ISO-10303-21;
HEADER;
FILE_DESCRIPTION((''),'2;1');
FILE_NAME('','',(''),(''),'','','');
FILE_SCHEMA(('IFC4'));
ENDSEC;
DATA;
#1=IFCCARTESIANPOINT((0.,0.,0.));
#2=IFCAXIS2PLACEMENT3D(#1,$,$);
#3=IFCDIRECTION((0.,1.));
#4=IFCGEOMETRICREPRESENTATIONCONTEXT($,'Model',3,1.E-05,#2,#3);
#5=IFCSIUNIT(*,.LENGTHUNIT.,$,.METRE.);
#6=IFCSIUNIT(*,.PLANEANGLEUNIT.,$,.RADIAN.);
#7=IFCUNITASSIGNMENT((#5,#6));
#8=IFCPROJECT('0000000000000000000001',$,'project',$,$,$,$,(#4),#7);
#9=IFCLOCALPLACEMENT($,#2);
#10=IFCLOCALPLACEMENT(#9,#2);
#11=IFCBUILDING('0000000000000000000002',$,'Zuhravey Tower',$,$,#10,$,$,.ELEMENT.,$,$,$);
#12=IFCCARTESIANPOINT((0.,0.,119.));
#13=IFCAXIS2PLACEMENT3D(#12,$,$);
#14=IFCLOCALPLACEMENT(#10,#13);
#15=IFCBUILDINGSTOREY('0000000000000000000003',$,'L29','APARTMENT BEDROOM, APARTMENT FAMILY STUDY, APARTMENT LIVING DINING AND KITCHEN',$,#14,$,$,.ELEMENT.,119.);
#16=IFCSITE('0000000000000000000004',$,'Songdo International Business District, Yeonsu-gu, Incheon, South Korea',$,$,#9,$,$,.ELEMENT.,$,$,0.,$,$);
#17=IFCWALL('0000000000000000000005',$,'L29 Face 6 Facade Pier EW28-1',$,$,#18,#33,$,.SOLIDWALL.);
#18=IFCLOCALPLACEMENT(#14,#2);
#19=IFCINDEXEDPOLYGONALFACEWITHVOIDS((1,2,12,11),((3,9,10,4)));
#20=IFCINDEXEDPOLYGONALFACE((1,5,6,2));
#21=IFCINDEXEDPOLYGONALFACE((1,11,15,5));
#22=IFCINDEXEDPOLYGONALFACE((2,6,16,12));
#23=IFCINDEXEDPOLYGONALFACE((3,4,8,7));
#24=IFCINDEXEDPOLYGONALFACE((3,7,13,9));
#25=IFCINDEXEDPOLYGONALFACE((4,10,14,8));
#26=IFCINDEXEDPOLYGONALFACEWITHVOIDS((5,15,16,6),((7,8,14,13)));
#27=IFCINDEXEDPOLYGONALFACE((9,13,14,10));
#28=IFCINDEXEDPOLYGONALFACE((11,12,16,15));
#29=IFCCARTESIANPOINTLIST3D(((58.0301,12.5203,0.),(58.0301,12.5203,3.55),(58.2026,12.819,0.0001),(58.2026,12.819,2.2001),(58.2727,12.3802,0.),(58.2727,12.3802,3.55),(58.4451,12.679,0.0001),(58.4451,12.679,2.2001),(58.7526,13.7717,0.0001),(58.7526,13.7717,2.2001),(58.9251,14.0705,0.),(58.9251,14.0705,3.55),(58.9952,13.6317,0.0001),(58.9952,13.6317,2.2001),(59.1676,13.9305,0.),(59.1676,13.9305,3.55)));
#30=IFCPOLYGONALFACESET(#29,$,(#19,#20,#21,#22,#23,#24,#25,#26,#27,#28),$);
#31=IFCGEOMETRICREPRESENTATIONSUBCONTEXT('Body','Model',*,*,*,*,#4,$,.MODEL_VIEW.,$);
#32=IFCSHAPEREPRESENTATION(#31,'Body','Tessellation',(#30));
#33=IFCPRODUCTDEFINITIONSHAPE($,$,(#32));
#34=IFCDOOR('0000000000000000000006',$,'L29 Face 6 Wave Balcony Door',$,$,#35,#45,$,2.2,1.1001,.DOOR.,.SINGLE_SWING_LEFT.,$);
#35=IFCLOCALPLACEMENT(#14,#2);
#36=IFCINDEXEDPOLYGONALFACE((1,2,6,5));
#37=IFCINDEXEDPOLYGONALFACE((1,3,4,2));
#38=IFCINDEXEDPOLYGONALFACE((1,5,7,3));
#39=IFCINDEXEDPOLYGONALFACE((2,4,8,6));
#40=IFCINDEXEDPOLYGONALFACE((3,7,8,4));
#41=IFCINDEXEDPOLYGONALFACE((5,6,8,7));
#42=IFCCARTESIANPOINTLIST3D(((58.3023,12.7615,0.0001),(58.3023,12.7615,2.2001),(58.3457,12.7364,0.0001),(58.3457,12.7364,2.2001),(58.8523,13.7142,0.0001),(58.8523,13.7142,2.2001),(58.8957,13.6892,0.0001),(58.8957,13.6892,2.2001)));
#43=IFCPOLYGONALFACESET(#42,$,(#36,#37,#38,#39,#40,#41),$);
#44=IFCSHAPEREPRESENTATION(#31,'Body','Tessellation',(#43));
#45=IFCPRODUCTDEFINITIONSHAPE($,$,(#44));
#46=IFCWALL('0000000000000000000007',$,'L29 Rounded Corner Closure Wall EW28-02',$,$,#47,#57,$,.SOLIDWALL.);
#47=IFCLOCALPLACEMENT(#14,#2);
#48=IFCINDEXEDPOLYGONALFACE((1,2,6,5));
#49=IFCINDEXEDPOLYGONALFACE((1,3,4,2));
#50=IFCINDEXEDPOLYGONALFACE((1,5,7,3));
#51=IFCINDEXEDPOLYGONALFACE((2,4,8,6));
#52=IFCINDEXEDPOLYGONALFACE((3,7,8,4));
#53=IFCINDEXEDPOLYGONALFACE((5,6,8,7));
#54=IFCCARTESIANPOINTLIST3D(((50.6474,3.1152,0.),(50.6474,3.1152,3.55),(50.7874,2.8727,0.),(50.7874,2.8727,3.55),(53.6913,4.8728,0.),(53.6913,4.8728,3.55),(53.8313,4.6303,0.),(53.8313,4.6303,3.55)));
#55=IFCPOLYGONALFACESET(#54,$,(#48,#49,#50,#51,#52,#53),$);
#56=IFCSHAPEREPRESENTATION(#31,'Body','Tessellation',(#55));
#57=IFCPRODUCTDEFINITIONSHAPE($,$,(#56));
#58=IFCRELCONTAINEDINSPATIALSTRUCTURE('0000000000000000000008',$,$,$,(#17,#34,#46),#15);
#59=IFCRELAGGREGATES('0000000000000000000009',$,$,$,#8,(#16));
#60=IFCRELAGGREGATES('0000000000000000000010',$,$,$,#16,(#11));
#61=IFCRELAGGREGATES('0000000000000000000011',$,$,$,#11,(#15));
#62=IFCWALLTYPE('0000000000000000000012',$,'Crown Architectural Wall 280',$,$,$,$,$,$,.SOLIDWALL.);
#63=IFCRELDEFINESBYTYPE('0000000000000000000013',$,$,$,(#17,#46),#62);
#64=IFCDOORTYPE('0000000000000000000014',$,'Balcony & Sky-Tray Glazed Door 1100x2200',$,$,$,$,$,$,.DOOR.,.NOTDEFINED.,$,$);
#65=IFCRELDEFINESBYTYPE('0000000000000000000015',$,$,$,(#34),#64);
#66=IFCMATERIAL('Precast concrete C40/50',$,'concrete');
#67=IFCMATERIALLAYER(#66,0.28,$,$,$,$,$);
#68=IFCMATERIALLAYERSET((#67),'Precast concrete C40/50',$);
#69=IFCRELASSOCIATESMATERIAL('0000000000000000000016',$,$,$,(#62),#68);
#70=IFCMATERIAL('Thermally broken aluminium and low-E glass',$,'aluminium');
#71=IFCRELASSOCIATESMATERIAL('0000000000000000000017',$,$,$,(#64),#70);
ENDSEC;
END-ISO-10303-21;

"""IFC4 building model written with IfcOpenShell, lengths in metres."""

from ifc_helpers import new_model, si_unit, direction, frame, frame_2d, origin, place, context, subcontext, project, spatial, rectangle, extrude, material, layer, layer_set, type_object, element, fill, save


model = new_model("IFC4")

# Units and contexts
model_context = context("Model", 3, precision=1e-05, world=origin(), true_north=direction((0.0, 1.0)))
body_context = subcontext(model_context, "Body", "Model", "MODEL_VIEW")
ifc_project = project(units=[si_unit("LENGTHUNIT", "METRE"), si_unit("PLANEANGLEUNIT", "RADIAN")], contexts=[model_context])

# Site, building, storey
site_placement = place(None, origin())
site = spatial("IfcSite", under=ifc_project, at=site_placement, Name="Songdo International Business District, Yeonsu-gu, Incheon, South Korea", CompositionType="ELEMENT", RefElevation=0.0)
building_placement = place(site_placement, origin())
building = spatial("IfcBuilding", under=site, at=building_placement, Name="Zuhravey Tower", CompositionType="ELEMENT")
storey_placement = place(building_placement, frame((0.0, 0.0, 119.0)))
storey = spatial("IfcBuildingStorey", under=building, at=storey_placement, Name="L29", Description="APARTMENT BEDROOM, APARTMENT FAMILY STUDY, APARTMENT LIVING DINING AND KITCHEN", CompositionType="ELEMENT", Elevation=119.0)

# Wall, opening, door
ifc_material_1 = material(Name="Precast concrete C40/50", Category="concrete")
ifc_layer_1 = layer(ifc_material_1, 0.28)
ifc_layer_set_1 = layer_set([ifc_layer_1], Name="Precast concrete C40/50")
wall_type = type_object("IfcWallType", Name="Crown Architectural Wall 280", PredefinedType="SOLIDWALL", material=ifc_layer_set_1)
wall_1_placement = place(storey_placement, frame((59.0464, 14.0005, 0.0), z_axis=(0.0, 0.0, 1.0), x_axis=(-0.499982, -0.866036, 0.0)))
wall_1 = element("IfcWall", 1, at=wall_1_placement, inside=storey, type_object=wall_type, Name="L29 Face 6 Facade Pier EW28-1", PredefinedType="SOLIDWALL", context=body_context, shape_type="SweptSolid", body=[
    extrude(rectangle(XDim=1.79, YDim=0.28, at=frame_2d((0.895, 0.0))), origin(), (0.0, 0.0, 1.0), 3.55),
])
opening_placement = place(wall_1_placement, frame((0.345, 0.0, 0.0)))
opening = element("IfcOpeningElement", 2, at=opening_placement, cuts=wall_1, PredefinedType="OPENING", context=body_context, shape_type="SweptSolid", body=[
    extrude(rectangle(XDim=1.1001, YDim=2.2, at=frame_2d((0.55, 1.1001))), frame((0.0, 0.1521, 0.0), z_axis=(0.0, -1.0, 0.0), x_axis=(1.0, 0.0, 0.0)), (0.0, 0.0, 1.0), 0.304),
])
ifc_material_2 = material(Name="Thermally broken aluminium and low-E glass", Category="aluminium")
door_type = type_object("IfcDoorType", Name="Balcony & Sky-Tray Glazed Door 1100x2200", OperationType="NOTDEFINED", PredefinedType="DOOR", material=ifc_material_2)
door_placement = place(opening_placement, frame((1.1001, 0.0, 0.0), z_axis=(0.0, 0.0, 1.0), x_axis=(-1.0, 0.0, 0.0)))
door = element("IfcDoor", 3, at=door_placement, inside=storey, type_object=door_type, Name="L29 Face 6 Wave Balcony Door", OperationType="SINGLE_SWING_LEFT", OverallHeight=2.2, OverallWidth=1.1001, PredefinedType="DOOR", context=body_context, shape_type="SweptSolid", body=[
    extrude(rectangle(XDim=1.1001, YDim=2.2, at=frame_2d((0.55, 1.1001))), frame((0.0, 0.0249, 0.0), z_axis=(0.0, -1.0, 0.0), x_axis=(1.0, 0.0, 0.0)), (0.0, 0.0, 1.0), 0.05),
])
fill(opening, door)

# Wall
wall_2_placement = place(storey_placement, frame((53.7612, 4.7515, 0.0), z_axis=(0.0, 0.0, 1.0), x_axis=(-0.866007, -0.500031, 0.0)))
element("IfcWall", 4, at=wall_2_placement, inside=storey, type_object=wall_type, Name="L29 Rounded Corner Closure Wall EW28-02", PredefinedType="SOLIDWALL", context=body_context, shape_type="SweptSolid", body=[
    extrude(rectangle(XDim=3.5149, YDim=0.28, at=frame_2d((1.7573, 0.0))), origin(), (0.0, 0.0, 1.0), 3.55),
])

save(model, "model.ifc")
